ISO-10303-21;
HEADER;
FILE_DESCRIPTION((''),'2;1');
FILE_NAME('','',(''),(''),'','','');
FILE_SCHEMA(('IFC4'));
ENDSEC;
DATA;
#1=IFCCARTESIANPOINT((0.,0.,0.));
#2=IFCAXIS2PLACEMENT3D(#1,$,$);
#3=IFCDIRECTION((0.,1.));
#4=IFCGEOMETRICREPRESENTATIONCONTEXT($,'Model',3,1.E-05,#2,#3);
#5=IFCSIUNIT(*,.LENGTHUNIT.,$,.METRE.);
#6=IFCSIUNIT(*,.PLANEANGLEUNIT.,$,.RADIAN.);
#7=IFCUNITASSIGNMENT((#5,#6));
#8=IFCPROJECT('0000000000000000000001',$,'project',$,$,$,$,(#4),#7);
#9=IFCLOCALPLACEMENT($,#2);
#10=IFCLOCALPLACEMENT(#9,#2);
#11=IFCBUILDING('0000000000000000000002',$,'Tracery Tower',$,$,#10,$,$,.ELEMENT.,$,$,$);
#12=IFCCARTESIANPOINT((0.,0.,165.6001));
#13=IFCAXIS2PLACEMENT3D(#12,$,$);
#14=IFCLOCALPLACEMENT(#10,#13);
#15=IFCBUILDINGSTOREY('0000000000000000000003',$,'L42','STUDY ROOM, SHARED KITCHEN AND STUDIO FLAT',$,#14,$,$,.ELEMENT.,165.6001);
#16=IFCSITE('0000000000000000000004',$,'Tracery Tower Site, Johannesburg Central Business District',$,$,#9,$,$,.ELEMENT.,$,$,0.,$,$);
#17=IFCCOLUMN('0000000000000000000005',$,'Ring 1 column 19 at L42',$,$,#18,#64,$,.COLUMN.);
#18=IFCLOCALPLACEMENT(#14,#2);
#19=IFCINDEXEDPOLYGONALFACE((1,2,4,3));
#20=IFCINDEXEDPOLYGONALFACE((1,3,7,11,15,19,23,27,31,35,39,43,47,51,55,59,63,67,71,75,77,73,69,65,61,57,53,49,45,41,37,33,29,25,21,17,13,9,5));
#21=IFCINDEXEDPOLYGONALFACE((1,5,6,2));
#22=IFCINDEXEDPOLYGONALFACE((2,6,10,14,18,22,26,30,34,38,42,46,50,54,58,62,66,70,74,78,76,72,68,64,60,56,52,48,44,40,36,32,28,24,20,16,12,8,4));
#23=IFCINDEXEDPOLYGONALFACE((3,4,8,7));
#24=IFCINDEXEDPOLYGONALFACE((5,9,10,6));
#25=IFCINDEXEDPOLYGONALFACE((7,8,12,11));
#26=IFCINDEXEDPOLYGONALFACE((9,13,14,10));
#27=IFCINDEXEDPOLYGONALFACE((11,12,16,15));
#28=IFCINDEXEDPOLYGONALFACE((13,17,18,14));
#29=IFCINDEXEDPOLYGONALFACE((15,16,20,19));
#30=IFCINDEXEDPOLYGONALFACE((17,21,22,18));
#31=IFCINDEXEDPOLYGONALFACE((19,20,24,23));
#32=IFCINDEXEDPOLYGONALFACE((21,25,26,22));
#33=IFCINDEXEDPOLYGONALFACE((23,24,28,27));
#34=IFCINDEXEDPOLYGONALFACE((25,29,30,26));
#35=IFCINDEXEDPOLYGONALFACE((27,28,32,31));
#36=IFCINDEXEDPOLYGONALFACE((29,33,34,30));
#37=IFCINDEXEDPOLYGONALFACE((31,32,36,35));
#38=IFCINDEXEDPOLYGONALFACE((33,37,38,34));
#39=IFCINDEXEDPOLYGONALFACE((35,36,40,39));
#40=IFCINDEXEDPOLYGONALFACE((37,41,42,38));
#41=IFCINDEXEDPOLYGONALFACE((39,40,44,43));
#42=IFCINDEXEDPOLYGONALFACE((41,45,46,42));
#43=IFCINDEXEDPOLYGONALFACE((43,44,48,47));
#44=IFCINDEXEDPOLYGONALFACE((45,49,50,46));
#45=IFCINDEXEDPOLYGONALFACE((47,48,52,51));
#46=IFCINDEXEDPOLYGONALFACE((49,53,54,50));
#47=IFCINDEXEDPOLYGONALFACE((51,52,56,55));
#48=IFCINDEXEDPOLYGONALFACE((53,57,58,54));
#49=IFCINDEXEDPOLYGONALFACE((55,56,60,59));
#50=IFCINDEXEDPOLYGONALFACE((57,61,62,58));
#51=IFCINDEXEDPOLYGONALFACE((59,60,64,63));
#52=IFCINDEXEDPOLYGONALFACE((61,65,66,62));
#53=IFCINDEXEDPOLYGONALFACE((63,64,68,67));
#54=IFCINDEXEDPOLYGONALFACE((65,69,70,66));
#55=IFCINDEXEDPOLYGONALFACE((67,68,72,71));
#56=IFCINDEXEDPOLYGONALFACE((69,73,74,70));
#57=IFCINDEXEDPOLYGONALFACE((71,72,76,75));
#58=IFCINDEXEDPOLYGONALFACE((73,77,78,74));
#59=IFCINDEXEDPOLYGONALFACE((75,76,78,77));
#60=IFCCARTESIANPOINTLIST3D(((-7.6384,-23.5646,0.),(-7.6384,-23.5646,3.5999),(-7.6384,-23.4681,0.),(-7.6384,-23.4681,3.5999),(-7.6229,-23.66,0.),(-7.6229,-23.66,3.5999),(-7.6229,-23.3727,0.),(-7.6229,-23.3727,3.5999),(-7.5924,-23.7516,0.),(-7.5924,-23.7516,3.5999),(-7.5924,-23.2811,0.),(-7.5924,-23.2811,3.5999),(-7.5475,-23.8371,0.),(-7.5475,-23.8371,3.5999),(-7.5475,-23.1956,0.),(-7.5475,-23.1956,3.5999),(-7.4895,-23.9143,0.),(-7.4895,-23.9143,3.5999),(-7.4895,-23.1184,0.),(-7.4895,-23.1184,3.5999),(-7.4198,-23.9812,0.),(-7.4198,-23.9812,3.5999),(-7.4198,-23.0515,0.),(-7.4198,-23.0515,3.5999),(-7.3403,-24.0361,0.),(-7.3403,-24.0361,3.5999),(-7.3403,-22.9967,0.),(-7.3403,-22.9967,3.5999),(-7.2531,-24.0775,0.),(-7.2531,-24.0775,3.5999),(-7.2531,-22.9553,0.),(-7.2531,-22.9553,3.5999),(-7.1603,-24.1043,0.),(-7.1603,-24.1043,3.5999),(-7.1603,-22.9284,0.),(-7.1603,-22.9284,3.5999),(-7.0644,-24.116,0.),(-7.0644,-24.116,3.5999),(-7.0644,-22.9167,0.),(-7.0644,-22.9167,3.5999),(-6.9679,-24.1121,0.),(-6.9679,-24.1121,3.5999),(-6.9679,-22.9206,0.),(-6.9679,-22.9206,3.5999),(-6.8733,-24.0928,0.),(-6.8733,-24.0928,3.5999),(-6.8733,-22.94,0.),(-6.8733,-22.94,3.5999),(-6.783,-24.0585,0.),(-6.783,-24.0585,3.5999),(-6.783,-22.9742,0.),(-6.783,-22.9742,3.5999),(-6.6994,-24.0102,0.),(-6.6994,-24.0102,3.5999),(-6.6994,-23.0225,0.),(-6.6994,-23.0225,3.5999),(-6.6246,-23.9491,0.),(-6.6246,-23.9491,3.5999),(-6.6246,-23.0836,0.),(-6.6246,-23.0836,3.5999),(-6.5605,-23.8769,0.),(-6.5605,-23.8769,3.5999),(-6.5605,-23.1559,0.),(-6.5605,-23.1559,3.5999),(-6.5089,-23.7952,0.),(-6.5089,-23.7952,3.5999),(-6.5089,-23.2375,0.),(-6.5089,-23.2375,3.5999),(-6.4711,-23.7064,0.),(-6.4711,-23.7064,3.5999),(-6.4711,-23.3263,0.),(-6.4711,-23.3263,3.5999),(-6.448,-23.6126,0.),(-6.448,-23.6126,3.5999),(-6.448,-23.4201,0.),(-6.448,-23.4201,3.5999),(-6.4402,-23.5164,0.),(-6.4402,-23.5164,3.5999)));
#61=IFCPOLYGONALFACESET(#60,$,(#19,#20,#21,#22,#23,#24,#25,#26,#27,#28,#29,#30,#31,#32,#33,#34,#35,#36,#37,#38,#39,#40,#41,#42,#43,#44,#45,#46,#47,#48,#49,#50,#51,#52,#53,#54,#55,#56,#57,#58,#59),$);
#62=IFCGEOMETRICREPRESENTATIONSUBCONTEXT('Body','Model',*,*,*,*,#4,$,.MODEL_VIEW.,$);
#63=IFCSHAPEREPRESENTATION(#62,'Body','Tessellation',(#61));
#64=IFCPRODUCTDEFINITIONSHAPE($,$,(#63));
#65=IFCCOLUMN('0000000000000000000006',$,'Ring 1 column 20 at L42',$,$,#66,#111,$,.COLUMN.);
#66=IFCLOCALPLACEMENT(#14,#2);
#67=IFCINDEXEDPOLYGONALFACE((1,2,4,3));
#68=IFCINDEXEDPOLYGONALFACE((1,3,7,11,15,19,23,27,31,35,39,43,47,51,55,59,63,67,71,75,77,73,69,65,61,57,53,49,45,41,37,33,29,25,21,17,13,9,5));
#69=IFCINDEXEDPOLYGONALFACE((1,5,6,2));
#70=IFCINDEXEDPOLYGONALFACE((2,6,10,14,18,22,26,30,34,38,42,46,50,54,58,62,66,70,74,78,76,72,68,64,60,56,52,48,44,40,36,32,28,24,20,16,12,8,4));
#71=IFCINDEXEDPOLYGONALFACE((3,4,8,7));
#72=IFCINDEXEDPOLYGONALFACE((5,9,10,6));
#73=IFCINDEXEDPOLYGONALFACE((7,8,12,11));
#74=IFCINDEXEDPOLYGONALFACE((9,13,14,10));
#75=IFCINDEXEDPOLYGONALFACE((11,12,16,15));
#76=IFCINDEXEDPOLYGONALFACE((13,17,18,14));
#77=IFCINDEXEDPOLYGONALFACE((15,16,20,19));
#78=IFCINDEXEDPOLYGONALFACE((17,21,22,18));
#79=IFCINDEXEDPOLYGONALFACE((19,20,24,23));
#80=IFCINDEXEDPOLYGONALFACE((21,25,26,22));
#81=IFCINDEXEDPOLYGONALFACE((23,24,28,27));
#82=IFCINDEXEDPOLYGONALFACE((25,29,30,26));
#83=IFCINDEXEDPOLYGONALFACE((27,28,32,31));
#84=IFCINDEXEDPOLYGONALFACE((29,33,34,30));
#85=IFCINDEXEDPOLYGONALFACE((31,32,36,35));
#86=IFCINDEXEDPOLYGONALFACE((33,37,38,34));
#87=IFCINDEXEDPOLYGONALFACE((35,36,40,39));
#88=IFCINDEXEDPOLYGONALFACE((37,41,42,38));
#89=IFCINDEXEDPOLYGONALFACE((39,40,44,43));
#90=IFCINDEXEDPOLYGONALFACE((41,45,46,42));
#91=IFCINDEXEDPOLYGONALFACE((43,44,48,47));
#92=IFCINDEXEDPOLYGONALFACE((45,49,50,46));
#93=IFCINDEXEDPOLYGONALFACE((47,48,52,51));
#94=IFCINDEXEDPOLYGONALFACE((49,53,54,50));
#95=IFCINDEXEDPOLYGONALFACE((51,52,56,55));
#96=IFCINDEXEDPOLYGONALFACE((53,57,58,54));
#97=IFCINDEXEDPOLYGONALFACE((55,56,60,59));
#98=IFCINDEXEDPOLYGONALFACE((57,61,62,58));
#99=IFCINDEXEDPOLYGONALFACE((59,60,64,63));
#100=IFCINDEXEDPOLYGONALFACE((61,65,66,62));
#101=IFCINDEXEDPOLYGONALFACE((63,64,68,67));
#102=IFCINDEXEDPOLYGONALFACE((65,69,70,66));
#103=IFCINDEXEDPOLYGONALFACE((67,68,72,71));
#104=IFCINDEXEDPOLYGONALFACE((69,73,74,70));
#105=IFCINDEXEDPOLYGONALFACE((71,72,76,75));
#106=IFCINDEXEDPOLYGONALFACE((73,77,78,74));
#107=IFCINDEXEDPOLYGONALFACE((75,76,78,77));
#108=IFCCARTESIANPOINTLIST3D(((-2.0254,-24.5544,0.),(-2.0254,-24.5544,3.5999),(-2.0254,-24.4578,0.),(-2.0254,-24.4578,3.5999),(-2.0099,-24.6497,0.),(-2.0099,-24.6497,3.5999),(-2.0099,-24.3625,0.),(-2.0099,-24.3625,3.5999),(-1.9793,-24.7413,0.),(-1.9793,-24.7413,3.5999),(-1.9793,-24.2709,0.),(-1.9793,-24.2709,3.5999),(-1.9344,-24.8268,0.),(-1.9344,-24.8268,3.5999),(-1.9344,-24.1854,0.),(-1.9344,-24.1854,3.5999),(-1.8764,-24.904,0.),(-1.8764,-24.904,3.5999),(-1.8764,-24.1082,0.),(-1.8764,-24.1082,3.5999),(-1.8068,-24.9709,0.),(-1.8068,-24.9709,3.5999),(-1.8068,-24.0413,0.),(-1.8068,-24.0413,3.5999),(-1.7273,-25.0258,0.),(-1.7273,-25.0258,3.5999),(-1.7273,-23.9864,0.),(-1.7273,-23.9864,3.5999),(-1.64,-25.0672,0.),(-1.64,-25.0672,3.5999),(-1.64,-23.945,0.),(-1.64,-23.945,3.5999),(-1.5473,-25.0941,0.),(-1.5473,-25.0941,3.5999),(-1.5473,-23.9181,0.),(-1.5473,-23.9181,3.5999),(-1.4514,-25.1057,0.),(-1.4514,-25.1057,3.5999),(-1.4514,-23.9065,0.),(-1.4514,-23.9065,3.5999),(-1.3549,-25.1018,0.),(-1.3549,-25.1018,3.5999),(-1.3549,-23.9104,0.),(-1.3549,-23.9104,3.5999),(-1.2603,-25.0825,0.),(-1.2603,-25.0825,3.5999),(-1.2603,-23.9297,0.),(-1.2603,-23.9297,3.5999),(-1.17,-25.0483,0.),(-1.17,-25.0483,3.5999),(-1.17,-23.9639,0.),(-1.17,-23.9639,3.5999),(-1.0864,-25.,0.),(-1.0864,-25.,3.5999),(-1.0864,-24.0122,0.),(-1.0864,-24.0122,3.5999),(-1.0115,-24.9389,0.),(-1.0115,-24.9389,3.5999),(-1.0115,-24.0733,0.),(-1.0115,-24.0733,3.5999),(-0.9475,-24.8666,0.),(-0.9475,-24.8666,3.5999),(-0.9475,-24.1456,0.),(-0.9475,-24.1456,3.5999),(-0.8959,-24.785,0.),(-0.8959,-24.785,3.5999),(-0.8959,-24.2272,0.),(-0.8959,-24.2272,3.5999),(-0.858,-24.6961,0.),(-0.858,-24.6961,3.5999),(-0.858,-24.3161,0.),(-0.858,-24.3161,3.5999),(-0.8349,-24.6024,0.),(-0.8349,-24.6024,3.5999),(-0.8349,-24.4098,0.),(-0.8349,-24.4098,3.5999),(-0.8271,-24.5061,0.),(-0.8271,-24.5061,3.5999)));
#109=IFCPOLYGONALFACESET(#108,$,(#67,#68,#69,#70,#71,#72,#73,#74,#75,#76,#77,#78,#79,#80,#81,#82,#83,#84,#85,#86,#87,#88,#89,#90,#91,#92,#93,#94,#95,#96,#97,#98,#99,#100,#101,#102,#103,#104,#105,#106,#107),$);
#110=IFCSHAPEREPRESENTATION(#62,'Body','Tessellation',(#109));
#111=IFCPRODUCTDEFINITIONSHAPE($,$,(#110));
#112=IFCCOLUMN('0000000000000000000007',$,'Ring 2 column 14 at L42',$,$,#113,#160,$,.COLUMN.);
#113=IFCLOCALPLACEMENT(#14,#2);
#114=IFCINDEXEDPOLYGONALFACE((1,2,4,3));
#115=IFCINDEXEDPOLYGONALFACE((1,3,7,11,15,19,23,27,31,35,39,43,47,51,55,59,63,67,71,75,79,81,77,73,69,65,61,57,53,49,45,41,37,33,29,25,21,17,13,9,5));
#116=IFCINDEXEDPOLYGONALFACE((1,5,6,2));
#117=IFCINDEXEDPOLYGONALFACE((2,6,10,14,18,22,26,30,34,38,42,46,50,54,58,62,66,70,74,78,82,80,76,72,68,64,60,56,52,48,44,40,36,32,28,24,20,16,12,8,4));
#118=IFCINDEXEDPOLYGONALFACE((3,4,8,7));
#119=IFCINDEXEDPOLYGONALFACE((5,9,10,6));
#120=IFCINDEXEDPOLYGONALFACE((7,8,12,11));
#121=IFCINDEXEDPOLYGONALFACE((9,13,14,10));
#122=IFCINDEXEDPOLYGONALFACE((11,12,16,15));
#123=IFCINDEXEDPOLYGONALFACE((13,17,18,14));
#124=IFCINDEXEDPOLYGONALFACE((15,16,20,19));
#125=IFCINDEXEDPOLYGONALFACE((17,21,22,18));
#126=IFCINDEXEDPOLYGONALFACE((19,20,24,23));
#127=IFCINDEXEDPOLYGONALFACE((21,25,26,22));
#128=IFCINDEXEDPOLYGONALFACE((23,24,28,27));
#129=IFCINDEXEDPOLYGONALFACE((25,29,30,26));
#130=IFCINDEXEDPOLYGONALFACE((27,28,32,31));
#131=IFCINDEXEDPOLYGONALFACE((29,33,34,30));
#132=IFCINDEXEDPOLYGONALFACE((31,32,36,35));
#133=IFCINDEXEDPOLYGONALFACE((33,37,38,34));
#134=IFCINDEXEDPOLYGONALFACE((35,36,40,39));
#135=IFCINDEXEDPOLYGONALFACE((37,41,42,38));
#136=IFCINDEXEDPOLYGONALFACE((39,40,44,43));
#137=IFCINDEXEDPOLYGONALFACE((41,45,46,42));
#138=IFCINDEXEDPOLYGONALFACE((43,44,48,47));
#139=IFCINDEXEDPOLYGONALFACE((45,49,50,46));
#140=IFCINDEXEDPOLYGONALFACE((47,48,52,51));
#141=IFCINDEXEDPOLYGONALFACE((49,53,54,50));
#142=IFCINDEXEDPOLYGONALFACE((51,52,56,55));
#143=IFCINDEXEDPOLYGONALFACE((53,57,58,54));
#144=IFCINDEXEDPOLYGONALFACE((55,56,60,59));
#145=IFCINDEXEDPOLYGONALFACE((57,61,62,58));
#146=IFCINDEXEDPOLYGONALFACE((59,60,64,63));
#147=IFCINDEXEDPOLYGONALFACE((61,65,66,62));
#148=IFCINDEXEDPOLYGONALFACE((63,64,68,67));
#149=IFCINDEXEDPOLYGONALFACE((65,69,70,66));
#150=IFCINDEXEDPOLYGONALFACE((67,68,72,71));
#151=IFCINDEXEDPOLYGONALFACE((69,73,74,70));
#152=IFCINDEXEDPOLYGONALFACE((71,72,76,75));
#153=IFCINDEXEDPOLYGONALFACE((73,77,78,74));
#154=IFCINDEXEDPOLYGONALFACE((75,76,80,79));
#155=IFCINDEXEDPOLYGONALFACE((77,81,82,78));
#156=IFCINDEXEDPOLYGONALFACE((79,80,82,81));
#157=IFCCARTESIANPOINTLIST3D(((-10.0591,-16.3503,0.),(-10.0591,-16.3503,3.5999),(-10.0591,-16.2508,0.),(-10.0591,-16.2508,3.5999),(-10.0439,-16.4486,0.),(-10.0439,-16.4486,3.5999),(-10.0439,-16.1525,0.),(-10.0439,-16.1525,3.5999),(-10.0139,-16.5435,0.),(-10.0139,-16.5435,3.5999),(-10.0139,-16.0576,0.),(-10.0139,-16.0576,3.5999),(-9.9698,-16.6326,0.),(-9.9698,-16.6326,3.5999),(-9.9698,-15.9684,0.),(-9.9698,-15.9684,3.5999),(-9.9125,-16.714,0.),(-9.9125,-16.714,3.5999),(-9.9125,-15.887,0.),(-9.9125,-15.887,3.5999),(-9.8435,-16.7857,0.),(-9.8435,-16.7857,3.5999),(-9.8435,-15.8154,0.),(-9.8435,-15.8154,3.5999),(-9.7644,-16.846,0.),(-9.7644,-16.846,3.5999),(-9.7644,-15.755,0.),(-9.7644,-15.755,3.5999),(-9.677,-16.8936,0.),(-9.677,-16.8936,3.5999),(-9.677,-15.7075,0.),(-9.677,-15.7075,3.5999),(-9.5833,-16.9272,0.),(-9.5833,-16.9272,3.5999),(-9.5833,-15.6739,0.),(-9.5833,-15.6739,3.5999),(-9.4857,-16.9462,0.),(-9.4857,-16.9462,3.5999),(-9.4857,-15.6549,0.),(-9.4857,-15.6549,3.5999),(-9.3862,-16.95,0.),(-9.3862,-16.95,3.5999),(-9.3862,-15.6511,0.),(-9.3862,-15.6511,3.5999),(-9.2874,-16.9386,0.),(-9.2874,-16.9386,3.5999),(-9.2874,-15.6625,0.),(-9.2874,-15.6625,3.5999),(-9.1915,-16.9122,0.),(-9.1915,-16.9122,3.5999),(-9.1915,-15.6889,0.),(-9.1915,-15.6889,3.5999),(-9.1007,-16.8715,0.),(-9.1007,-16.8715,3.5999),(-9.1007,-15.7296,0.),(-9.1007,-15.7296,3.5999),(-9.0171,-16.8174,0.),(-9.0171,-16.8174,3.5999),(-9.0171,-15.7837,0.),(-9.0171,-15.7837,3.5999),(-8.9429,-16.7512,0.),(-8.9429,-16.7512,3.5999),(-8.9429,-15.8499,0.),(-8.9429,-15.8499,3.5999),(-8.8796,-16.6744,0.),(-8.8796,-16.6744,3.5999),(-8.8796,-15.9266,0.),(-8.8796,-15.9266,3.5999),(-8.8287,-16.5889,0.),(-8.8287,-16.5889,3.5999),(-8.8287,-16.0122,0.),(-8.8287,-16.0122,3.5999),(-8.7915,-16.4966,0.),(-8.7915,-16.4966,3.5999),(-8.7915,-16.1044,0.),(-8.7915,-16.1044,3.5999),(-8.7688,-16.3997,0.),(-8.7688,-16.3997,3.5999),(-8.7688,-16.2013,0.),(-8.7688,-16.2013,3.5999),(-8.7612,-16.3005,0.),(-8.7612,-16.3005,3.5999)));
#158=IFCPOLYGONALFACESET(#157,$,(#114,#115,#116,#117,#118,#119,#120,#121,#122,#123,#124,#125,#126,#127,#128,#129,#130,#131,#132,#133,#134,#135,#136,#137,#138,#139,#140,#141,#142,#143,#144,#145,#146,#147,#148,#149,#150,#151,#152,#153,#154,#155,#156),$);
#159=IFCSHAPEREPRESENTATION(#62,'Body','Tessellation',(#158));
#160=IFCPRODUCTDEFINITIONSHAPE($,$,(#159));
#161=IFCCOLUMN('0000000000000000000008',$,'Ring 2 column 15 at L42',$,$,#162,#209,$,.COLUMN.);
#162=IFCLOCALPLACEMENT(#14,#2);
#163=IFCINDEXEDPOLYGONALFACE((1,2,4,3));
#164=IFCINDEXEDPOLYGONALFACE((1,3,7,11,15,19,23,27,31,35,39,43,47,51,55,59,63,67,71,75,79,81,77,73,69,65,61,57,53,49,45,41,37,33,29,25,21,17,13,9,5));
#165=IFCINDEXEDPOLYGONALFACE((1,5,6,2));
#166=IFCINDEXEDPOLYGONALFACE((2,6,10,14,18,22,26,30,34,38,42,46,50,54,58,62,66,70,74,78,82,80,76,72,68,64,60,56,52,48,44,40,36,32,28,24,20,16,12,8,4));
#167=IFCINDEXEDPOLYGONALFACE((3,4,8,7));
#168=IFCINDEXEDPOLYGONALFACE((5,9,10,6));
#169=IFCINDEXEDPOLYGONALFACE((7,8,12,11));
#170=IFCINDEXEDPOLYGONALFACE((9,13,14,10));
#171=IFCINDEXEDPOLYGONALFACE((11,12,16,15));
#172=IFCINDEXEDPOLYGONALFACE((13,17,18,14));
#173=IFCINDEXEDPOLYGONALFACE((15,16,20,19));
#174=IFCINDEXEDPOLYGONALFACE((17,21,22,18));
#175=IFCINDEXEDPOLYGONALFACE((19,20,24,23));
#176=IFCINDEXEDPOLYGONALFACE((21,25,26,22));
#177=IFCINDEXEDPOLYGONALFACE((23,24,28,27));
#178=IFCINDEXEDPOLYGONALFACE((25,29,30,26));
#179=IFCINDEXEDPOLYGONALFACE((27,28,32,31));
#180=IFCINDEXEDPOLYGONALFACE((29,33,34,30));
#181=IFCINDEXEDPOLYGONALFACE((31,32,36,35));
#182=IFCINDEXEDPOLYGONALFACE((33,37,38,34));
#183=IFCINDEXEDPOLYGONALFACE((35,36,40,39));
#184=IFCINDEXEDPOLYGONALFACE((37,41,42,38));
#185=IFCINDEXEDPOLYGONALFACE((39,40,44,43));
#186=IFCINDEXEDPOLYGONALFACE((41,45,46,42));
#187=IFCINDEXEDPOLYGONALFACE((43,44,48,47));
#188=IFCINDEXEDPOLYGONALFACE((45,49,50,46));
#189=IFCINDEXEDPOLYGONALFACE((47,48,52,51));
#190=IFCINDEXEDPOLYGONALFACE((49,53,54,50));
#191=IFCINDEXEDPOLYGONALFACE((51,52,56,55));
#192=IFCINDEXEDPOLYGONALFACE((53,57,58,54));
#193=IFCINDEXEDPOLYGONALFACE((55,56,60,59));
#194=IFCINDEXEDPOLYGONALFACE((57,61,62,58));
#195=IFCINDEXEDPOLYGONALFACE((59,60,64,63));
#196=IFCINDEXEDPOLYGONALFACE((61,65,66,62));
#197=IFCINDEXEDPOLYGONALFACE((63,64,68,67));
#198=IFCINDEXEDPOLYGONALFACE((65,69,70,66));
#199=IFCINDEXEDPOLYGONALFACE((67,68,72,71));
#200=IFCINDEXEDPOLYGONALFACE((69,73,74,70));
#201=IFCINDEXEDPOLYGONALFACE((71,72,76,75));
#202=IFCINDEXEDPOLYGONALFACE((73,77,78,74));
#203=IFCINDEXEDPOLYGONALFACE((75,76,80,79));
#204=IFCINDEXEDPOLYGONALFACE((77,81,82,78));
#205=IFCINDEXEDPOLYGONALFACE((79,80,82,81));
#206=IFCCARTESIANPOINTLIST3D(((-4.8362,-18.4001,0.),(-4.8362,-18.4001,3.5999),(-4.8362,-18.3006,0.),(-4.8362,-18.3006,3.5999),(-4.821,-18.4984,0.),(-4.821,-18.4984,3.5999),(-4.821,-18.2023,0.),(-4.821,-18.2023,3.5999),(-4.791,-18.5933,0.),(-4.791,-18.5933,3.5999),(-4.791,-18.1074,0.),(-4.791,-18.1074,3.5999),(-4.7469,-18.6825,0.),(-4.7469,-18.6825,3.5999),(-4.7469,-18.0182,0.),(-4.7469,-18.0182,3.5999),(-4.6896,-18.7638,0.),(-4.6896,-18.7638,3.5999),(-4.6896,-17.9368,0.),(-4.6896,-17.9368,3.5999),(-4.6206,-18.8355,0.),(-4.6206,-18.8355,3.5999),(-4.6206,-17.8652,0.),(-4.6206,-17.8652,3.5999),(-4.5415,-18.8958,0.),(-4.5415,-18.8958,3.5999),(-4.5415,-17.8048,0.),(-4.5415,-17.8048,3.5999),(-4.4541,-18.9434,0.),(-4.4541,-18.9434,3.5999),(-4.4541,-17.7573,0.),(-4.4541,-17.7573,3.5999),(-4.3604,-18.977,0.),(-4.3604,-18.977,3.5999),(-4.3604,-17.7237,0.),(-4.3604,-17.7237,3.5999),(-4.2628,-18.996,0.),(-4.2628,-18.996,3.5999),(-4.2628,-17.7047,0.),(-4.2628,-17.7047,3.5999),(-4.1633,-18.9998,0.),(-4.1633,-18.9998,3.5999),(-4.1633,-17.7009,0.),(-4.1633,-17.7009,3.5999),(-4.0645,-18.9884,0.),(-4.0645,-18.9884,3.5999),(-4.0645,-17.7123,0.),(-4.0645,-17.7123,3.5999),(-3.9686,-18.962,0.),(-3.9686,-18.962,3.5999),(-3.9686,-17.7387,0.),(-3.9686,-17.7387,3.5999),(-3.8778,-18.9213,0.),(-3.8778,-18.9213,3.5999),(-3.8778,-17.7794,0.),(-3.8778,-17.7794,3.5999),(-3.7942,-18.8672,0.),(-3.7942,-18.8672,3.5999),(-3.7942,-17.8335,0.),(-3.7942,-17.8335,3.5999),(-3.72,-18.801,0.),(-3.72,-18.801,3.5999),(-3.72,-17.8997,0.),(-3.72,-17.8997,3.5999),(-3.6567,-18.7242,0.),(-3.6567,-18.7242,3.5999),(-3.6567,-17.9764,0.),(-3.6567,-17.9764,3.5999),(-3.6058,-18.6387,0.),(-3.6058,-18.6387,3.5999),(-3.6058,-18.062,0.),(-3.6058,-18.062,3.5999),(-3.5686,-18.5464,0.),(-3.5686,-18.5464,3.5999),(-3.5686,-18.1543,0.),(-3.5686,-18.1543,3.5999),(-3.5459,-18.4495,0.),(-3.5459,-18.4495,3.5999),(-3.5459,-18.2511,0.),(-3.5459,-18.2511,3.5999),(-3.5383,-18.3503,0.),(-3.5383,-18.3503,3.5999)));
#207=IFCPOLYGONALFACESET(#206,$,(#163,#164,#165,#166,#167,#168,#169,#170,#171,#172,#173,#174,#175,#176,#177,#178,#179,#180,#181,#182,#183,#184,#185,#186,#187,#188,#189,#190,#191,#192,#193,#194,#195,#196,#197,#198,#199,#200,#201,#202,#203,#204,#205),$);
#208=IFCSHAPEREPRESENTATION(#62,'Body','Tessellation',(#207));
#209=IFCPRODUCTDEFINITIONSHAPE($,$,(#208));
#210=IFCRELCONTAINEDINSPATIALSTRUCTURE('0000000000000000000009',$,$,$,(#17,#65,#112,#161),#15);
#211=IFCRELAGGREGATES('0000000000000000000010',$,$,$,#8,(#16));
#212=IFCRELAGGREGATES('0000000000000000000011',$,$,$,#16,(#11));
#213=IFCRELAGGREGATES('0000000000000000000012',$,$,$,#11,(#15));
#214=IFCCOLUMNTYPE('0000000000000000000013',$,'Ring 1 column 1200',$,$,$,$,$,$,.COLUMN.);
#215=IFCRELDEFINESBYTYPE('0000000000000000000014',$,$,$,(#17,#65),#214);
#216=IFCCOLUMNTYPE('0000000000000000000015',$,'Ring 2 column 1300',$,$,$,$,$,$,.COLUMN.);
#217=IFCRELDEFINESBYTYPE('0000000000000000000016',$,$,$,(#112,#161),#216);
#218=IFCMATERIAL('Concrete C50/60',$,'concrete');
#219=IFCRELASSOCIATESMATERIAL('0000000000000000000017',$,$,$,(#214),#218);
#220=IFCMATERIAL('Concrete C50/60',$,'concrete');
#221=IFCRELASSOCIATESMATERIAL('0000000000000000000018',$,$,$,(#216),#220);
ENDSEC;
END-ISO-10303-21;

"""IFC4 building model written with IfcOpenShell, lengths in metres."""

from ifc_helpers import new_model, si_unit, direction, frame, origin, origin_2d, place, context, subcontext, project, spatial, circle, extrude, material, material_profile, profile_set, type_object, element, save


model = new_model("IFC4")

# Units and contexts
model_context = context("Model", 3, precision=1e-05, world=origin(), true_north=direction((0.0, 1.0)))
body_context = subcontext(model_context, "Body", "Model", "MODEL_VIEW")
ifc_project = project(units=[si_unit("LENGTHUNIT", "METRE"), si_unit("PLANEANGLEUNIT", "RADIAN")], contexts=[model_context])

# Site, building, storey
site_placement = place(None, origin())
site = spatial("IfcSite", under=ifc_project, at=site_placement, Name="Tracery Tower Site, Johannesburg Central Business District", CompositionType="ELEMENT", RefElevation=0.0)
building_placement = place(site_placement, origin())
building = spatial("IfcBuilding", under=site, at=building_placement, Name="Tracery Tower", CompositionType="ELEMENT")
storey_placement = place(building_placement, frame((0.0, 0.0, 165.6001)))
storey = spatial("IfcBuildingStorey", under=building, at=storey_placement, Name="L42", Description="STUDY ROOM, SHARED KITCHEN AND STUDIO FLAT", CompositionType="ELEMENT", Elevation=165.6001)

# Columns
ifc_material_1 = material(Name="Concrete C50/60", Category="concrete")
ifc_material_profile_1 = material_profile(ifc_material_1, circle(Radius=0.6001, at=origin_2d()), Name="RC D1200")
ifc_profile_set_1 = profile_set([ifc_material_profile_1], Name="Concrete C50/60")
column_type_1 = type_object("IfcColumnType", Name="Ring 1 column 1200", PredefinedType="COLUMN", material=ifc_profile_set_1)
for number, where, z_axis, x_axis, name in (
    (1, (-7.0403, -23.5164, 0.0), (0.0, 0.0, 1.0), (1.0, 0.0, 0.0), "Ring 1 column 19 at L42"),
    (2, (-1.4272, -24.5061, 0.0), (0.0, 0.0, 1.0), (1.0, 0.0, 0.0), "Ring 1 column 20 at L42"),
):
    element("IfcColumn", number, at=place(storey_placement, frame(where, z_axis=z_axis, x_axis=x_axis)), inside=storey, type_object=column_type_1, Name=name, PredefinedType="COLUMN", context=body_context, shape_type="SweptSolid", body=[
        extrude(circle(Radius=0.6001, at=origin_2d()), origin(), (0.0, 0.0, 1.0), 3.5999),
    ])
ifc_material_2 = material(Name="Concrete C50/60", Category="concrete")
ifc_material_profile_2 = material_profile(ifc_material_2, circle(Radius=0.6499, at=origin_2d()), Name="RC D1300")
ifc_profile_set_2 = profile_set([ifc_material_profile_2], Name="Concrete C50/60")
column_type_2 = type_object("IfcColumnType", Name="Ring 2 column 1300", PredefinedType="COLUMN", material=ifc_profile_set_2)
for number, where, z_axis, x_axis, name in (
    (3, (-9.4111, -16.3005, 0.0), (0.0, 0.0, 1.0), (1.0, 0.0, 0.0), "Ring 2 column 14 at L42"),
    (4, (-4.1882, -18.3503, 0.0), (0.0, 0.0, 1.0), (1.0, 0.0, 0.0), "Ring 2 column 15 at L42"),
):
    element("IfcColumn", number, at=place(storey_placement, frame(where, z_axis=z_axis, x_axis=x_axis)), inside=storey, type_object=column_type_2, Name=name, PredefinedType="COLUMN", context=body_context, shape_type="SweptSolid", body=[
        extrude(circle(Radius=0.6499, at=origin_2d()), origin(), (0.0, 0.0, 1.0), 3.5999),
    ])

save(model, "model.ifc")
